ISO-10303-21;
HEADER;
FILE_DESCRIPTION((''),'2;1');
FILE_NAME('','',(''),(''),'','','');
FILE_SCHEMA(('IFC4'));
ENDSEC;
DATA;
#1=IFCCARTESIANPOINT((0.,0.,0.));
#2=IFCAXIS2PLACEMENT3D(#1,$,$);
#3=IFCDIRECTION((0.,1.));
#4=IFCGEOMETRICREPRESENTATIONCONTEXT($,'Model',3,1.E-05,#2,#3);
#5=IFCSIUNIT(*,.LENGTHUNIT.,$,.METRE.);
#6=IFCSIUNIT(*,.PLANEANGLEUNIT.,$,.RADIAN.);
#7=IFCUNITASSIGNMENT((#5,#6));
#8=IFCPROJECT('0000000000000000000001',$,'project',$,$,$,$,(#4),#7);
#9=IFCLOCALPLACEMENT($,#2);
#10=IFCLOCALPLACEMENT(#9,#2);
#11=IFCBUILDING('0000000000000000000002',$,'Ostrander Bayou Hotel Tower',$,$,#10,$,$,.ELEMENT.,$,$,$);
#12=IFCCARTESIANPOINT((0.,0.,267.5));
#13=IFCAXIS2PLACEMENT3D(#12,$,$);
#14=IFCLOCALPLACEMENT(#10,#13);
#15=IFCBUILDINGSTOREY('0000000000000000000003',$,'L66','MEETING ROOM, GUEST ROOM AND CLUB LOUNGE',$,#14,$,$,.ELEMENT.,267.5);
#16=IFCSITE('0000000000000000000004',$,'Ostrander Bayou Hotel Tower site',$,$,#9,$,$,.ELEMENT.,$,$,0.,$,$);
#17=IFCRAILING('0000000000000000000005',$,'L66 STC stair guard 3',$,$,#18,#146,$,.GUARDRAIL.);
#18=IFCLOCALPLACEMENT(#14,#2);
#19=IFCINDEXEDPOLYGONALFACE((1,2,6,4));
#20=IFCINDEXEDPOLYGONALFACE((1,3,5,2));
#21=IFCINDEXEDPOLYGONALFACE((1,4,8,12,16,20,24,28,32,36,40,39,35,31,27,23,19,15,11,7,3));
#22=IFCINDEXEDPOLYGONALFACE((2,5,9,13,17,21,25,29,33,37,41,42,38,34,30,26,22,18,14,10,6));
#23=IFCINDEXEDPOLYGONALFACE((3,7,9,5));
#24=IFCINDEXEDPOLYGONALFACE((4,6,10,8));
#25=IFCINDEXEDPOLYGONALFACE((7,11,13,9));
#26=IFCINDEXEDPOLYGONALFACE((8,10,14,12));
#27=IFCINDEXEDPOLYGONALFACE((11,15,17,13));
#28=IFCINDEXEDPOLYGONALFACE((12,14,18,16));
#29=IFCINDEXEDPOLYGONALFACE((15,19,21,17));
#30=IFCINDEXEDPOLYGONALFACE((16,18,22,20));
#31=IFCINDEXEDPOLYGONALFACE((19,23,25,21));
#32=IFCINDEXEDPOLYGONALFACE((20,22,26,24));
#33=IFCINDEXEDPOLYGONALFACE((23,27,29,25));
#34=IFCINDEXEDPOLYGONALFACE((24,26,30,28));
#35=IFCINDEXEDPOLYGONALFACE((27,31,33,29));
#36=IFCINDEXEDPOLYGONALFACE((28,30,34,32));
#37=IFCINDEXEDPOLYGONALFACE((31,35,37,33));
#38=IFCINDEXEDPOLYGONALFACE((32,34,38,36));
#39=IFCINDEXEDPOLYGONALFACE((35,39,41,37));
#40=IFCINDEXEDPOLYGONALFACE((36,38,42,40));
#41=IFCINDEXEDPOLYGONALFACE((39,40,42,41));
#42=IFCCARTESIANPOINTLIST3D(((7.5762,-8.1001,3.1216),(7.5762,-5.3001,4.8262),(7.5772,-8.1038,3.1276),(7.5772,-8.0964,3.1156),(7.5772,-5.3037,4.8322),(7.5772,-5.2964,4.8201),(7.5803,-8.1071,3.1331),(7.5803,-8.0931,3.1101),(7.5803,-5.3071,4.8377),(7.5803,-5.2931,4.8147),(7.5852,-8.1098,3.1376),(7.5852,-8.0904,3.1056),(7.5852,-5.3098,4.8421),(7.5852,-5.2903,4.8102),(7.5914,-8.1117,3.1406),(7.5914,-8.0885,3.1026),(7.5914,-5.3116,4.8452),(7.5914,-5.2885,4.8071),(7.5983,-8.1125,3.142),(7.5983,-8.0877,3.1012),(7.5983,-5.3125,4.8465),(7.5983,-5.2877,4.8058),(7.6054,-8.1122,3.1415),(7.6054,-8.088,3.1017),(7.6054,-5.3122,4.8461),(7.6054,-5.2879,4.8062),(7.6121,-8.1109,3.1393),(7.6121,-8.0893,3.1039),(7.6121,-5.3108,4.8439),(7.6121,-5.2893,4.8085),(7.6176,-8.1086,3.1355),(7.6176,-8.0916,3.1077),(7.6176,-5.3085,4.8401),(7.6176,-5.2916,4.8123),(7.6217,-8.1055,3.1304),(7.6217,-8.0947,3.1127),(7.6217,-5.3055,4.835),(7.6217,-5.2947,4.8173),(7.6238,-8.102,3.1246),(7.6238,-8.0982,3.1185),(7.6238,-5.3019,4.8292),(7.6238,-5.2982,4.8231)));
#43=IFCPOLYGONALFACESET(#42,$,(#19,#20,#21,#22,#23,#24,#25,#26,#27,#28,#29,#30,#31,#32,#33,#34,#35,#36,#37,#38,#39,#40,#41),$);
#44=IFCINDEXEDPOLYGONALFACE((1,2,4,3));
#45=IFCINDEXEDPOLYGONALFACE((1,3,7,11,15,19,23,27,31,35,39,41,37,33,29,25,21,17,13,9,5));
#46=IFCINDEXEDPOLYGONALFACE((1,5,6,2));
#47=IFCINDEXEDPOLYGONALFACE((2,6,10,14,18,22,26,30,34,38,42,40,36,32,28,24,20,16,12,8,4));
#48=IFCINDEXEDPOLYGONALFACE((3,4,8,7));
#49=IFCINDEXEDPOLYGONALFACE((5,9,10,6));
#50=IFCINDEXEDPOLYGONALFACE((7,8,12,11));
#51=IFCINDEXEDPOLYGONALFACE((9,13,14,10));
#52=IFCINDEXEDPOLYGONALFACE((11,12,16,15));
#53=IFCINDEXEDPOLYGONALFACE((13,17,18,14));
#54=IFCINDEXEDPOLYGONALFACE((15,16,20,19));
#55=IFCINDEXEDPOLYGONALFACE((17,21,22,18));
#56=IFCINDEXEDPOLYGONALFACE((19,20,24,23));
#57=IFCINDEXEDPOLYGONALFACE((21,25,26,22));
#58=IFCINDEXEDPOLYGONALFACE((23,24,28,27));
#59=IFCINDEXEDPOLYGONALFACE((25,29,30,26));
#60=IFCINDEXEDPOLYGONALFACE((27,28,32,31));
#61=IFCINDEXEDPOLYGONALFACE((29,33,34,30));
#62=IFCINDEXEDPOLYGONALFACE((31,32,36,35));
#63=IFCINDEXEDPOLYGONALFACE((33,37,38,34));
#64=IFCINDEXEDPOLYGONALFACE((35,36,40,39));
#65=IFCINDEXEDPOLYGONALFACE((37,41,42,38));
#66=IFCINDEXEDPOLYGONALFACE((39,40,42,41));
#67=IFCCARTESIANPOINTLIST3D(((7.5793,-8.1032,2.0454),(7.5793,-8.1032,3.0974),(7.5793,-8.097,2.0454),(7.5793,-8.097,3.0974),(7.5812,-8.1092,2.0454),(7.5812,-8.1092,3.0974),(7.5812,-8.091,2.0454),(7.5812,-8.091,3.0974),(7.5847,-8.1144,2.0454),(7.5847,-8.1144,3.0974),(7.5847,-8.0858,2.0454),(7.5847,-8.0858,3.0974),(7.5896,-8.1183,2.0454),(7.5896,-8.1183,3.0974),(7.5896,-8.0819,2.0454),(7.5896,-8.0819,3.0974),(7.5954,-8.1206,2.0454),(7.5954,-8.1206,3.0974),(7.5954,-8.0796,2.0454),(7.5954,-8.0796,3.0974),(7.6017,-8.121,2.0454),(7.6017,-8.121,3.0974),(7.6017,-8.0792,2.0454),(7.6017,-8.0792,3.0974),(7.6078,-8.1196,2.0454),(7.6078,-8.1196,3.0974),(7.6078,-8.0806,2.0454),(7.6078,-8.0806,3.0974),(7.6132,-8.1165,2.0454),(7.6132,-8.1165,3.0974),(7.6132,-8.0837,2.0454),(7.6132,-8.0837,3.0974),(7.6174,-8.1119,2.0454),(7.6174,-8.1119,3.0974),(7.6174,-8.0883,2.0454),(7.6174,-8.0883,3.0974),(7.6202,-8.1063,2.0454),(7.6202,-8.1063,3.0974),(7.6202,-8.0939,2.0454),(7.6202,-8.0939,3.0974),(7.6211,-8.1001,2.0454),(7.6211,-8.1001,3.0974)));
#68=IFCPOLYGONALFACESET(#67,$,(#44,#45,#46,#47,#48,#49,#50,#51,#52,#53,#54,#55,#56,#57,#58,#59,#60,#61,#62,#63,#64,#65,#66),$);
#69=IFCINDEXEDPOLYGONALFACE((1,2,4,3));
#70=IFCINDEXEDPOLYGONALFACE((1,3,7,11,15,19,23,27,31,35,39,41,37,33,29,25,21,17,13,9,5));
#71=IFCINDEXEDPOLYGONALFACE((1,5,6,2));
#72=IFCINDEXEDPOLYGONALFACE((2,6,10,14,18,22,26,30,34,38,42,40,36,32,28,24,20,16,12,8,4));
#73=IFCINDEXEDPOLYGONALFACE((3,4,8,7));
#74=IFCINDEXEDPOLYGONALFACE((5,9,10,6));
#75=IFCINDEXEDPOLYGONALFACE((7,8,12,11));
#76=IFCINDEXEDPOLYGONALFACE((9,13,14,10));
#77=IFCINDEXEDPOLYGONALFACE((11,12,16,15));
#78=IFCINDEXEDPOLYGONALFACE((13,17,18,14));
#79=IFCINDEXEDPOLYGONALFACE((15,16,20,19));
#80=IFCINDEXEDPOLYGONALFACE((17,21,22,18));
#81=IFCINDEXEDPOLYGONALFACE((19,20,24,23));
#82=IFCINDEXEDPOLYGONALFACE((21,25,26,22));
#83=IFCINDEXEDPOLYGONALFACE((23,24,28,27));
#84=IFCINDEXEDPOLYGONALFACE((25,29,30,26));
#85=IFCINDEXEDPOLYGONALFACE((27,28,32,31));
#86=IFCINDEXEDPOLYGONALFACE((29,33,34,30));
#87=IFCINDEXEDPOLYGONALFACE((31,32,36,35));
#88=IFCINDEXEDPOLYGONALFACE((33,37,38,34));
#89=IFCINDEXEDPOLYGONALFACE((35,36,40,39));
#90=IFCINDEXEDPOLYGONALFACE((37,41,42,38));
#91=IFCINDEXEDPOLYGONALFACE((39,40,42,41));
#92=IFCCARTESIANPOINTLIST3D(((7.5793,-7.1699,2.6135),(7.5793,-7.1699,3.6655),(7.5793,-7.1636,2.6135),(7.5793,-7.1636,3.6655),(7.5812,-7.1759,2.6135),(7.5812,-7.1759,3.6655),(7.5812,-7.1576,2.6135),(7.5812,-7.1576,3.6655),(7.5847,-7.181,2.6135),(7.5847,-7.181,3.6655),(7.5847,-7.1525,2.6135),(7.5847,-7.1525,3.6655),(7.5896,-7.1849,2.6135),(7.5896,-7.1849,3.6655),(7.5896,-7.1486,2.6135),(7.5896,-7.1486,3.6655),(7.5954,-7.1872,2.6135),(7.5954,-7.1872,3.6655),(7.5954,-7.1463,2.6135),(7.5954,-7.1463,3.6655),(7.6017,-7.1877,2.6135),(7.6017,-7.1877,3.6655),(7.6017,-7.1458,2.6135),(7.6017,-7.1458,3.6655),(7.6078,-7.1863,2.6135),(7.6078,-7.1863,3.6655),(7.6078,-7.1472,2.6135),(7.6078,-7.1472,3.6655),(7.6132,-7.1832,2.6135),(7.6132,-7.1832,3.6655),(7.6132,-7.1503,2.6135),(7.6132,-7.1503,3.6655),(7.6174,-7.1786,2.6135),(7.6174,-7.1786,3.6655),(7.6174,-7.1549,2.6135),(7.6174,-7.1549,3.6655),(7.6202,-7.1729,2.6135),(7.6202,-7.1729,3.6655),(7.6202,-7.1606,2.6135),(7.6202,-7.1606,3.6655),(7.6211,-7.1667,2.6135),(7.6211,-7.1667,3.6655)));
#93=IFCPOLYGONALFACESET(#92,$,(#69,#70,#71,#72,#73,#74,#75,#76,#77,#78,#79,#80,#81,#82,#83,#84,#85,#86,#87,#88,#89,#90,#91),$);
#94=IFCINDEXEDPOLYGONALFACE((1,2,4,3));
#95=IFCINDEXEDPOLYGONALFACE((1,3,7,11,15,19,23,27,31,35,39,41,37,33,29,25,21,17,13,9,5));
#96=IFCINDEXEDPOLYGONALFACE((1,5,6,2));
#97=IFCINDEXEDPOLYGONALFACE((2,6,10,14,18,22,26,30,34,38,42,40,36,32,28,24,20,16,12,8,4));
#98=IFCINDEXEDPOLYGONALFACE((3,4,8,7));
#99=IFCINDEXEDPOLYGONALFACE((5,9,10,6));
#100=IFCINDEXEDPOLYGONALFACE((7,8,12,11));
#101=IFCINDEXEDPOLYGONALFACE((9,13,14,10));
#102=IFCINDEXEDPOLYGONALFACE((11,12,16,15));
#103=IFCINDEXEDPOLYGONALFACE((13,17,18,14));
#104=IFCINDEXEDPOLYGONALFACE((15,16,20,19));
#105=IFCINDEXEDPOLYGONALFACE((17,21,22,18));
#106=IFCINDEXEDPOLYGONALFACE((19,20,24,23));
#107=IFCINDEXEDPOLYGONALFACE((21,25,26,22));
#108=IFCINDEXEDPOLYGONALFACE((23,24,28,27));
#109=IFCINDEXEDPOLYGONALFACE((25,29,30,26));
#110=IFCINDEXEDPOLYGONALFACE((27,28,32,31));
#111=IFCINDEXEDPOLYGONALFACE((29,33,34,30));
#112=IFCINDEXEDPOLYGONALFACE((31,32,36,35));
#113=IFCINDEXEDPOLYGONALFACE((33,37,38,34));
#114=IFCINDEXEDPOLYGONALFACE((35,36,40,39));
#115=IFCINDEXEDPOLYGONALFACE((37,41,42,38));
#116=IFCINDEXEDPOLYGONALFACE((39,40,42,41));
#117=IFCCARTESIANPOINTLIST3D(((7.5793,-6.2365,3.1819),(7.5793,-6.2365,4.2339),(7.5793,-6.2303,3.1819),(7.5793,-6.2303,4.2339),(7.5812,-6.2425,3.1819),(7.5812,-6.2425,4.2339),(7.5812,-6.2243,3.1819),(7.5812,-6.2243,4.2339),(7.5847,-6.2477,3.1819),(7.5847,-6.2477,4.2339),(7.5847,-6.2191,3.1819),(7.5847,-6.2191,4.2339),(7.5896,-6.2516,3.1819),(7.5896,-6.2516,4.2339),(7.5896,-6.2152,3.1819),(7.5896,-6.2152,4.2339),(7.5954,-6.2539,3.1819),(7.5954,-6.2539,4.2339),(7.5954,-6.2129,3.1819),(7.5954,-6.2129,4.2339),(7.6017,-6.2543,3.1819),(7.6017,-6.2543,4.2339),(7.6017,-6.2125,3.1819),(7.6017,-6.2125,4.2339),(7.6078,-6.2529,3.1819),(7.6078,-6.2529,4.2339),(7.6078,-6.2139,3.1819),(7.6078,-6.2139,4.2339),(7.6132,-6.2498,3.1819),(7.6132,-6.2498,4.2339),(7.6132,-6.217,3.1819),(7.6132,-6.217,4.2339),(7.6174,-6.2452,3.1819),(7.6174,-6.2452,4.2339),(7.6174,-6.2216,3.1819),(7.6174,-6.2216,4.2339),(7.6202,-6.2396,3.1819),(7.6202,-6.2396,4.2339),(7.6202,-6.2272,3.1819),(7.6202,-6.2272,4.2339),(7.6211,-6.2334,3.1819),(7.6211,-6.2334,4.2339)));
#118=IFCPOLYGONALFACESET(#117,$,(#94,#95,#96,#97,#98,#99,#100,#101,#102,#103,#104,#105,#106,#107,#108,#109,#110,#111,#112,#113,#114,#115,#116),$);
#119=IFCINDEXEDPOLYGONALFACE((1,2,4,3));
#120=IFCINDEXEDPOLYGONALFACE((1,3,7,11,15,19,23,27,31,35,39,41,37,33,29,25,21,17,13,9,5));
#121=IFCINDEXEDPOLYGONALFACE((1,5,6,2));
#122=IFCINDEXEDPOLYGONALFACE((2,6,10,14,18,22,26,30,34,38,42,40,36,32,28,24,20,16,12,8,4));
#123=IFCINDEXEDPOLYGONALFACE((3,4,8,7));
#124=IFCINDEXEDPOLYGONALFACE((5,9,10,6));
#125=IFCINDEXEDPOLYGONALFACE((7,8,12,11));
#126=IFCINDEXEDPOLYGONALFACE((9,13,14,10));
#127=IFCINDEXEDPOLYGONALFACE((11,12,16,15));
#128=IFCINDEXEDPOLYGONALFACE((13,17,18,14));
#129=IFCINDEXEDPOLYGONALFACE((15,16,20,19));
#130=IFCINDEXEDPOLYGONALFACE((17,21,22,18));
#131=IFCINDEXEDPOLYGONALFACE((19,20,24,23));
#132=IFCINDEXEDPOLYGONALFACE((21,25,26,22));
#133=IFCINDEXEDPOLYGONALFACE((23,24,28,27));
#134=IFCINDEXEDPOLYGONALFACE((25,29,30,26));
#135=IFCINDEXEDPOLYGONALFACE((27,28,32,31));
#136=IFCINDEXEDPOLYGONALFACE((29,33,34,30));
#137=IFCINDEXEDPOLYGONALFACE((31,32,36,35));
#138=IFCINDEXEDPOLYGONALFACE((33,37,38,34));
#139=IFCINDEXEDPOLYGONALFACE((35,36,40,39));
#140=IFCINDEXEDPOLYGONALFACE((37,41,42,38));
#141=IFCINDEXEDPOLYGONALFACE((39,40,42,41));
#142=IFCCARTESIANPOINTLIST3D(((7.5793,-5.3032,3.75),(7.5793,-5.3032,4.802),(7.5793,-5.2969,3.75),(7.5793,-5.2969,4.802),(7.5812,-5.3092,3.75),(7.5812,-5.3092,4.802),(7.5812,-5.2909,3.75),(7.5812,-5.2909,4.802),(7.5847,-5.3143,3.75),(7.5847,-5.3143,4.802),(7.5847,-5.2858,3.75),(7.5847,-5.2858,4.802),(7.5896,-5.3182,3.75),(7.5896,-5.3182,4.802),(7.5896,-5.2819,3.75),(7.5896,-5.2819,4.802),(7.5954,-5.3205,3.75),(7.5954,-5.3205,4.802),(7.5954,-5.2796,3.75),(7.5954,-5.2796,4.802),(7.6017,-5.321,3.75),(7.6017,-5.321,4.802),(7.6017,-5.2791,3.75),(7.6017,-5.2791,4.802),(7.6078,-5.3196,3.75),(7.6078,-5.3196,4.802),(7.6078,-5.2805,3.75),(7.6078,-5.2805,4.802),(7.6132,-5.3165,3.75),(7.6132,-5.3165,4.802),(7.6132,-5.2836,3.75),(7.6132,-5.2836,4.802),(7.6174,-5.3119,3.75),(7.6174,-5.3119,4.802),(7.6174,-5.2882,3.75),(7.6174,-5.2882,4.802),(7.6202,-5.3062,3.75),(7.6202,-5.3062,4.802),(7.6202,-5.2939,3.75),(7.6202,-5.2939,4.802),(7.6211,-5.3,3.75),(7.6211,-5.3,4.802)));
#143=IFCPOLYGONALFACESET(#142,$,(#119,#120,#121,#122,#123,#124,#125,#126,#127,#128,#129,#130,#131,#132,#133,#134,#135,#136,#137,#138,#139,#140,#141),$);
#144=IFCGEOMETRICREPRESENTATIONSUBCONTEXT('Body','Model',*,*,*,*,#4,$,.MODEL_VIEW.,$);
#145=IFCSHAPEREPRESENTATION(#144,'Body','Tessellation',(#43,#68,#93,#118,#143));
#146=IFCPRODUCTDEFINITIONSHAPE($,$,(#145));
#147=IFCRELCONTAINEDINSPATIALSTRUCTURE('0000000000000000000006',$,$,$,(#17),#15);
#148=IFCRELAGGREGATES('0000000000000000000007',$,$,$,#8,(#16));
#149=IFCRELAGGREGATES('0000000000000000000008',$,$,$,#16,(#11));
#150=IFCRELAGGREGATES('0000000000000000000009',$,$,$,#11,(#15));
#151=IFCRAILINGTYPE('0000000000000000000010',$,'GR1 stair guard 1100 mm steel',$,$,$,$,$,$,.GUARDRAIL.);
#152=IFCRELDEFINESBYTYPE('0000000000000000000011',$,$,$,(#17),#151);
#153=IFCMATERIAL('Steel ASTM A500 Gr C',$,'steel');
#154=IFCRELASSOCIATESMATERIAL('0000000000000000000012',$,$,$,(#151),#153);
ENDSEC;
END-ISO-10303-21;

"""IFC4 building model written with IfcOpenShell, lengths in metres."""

from ifc_helpers import new_model, si_unit, direction, frame, origin, origin_2d, place, context, subcontext, project, spatial, circle, extrude, material, type_object, element, save


model = new_model("IFC4")

# Units and contexts
model_context = context("Model", 3, precision=1e-05, world=origin(), true_north=direction((0.0, 1.0)))
body_context = subcontext(model_context, "Body", "Model", "MODEL_VIEW")
ifc_project = project(units=[si_unit("LENGTHUNIT", "METRE"), si_unit("PLANEANGLEUNIT", "RADIAN")], contexts=[model_context])

# Site, building, storey
site_placement = place(None, origin())
site = spatial("IfcSite", under=ifc_project, at=site_placement, Name="Ostrander Bayou Hotel Tower site", CompositionType="ELEMENT", RefElevation=0.0)
building_placement = place(site_placement, origin())
building = spatial("IfcBuilding", under=site, at=building_placement, Name="Ostrander Bayou Hotel Tower", CompositionType="ELEMENT")
storey_placement = place(building_placement, frame((0.0, 0.0, 267.5)))
storey = spatial("IfcBuildingStorey", under=building, at=storey_placement, Name="L66", Description="MEETING ROOM, GUEST ROOM AND CLUB LOUNGE", CompositionType="ELEMENT", Elevation=267.5)

# Railing
ifc_material_1 = material(Name="Steel ASTM A500 Gr C", Category="steel")
railing_type_1 = type_object("IfcRailingType", Name="GR1 stair guard 1100 mm steel", PredefinedType="GUARDRAIL", material=ifc_material_1)
railing_1_placement = place(storey_placement, frame((7.6001, -8.1001, 2.0454)))
element("IfcRailing", 1, at=railing_1_placement, inside=storey, type_object=railing_type_1, Name="L66 STC stair guard 3", PredefinedType="GUARDRAIL", context=body_context, shape_type="SweptSolid", body=[
    extrude(circle(Radius=0.0239, at=origin_2d()), frame((0.0, 0.0, 1.0762), z_axis=(0.0, 0.85417, 0.519994), x_axis=(-1.0, 0.0, 0.0)), (0.0, 0.0, 1.0), 3.2781),
    extrude(circle(Radius=0.021, at=origin_2d()), origin(), (0.0, 0.0, 1.0), 1.052),
    extrude(circle(Radius=0.021, at=origin_2d()), frame((0.0, 0.9333, 0.5681)), (0.0, 0.0, 1.0), 1.052),
    extrude(circle(Radius=0.021, at=origin_2d()), frame((0.0, 1.8667, 1.1365)), (0.0, 0.0, 1.0), 1.052),
    extrude(circle(Radius=0.021, at=origin_2d()), frame((0.0, 2.8, 1.7046)), (0.0, 0.0, 1.0), 1.052),
])

save(model, "model.ifc")
